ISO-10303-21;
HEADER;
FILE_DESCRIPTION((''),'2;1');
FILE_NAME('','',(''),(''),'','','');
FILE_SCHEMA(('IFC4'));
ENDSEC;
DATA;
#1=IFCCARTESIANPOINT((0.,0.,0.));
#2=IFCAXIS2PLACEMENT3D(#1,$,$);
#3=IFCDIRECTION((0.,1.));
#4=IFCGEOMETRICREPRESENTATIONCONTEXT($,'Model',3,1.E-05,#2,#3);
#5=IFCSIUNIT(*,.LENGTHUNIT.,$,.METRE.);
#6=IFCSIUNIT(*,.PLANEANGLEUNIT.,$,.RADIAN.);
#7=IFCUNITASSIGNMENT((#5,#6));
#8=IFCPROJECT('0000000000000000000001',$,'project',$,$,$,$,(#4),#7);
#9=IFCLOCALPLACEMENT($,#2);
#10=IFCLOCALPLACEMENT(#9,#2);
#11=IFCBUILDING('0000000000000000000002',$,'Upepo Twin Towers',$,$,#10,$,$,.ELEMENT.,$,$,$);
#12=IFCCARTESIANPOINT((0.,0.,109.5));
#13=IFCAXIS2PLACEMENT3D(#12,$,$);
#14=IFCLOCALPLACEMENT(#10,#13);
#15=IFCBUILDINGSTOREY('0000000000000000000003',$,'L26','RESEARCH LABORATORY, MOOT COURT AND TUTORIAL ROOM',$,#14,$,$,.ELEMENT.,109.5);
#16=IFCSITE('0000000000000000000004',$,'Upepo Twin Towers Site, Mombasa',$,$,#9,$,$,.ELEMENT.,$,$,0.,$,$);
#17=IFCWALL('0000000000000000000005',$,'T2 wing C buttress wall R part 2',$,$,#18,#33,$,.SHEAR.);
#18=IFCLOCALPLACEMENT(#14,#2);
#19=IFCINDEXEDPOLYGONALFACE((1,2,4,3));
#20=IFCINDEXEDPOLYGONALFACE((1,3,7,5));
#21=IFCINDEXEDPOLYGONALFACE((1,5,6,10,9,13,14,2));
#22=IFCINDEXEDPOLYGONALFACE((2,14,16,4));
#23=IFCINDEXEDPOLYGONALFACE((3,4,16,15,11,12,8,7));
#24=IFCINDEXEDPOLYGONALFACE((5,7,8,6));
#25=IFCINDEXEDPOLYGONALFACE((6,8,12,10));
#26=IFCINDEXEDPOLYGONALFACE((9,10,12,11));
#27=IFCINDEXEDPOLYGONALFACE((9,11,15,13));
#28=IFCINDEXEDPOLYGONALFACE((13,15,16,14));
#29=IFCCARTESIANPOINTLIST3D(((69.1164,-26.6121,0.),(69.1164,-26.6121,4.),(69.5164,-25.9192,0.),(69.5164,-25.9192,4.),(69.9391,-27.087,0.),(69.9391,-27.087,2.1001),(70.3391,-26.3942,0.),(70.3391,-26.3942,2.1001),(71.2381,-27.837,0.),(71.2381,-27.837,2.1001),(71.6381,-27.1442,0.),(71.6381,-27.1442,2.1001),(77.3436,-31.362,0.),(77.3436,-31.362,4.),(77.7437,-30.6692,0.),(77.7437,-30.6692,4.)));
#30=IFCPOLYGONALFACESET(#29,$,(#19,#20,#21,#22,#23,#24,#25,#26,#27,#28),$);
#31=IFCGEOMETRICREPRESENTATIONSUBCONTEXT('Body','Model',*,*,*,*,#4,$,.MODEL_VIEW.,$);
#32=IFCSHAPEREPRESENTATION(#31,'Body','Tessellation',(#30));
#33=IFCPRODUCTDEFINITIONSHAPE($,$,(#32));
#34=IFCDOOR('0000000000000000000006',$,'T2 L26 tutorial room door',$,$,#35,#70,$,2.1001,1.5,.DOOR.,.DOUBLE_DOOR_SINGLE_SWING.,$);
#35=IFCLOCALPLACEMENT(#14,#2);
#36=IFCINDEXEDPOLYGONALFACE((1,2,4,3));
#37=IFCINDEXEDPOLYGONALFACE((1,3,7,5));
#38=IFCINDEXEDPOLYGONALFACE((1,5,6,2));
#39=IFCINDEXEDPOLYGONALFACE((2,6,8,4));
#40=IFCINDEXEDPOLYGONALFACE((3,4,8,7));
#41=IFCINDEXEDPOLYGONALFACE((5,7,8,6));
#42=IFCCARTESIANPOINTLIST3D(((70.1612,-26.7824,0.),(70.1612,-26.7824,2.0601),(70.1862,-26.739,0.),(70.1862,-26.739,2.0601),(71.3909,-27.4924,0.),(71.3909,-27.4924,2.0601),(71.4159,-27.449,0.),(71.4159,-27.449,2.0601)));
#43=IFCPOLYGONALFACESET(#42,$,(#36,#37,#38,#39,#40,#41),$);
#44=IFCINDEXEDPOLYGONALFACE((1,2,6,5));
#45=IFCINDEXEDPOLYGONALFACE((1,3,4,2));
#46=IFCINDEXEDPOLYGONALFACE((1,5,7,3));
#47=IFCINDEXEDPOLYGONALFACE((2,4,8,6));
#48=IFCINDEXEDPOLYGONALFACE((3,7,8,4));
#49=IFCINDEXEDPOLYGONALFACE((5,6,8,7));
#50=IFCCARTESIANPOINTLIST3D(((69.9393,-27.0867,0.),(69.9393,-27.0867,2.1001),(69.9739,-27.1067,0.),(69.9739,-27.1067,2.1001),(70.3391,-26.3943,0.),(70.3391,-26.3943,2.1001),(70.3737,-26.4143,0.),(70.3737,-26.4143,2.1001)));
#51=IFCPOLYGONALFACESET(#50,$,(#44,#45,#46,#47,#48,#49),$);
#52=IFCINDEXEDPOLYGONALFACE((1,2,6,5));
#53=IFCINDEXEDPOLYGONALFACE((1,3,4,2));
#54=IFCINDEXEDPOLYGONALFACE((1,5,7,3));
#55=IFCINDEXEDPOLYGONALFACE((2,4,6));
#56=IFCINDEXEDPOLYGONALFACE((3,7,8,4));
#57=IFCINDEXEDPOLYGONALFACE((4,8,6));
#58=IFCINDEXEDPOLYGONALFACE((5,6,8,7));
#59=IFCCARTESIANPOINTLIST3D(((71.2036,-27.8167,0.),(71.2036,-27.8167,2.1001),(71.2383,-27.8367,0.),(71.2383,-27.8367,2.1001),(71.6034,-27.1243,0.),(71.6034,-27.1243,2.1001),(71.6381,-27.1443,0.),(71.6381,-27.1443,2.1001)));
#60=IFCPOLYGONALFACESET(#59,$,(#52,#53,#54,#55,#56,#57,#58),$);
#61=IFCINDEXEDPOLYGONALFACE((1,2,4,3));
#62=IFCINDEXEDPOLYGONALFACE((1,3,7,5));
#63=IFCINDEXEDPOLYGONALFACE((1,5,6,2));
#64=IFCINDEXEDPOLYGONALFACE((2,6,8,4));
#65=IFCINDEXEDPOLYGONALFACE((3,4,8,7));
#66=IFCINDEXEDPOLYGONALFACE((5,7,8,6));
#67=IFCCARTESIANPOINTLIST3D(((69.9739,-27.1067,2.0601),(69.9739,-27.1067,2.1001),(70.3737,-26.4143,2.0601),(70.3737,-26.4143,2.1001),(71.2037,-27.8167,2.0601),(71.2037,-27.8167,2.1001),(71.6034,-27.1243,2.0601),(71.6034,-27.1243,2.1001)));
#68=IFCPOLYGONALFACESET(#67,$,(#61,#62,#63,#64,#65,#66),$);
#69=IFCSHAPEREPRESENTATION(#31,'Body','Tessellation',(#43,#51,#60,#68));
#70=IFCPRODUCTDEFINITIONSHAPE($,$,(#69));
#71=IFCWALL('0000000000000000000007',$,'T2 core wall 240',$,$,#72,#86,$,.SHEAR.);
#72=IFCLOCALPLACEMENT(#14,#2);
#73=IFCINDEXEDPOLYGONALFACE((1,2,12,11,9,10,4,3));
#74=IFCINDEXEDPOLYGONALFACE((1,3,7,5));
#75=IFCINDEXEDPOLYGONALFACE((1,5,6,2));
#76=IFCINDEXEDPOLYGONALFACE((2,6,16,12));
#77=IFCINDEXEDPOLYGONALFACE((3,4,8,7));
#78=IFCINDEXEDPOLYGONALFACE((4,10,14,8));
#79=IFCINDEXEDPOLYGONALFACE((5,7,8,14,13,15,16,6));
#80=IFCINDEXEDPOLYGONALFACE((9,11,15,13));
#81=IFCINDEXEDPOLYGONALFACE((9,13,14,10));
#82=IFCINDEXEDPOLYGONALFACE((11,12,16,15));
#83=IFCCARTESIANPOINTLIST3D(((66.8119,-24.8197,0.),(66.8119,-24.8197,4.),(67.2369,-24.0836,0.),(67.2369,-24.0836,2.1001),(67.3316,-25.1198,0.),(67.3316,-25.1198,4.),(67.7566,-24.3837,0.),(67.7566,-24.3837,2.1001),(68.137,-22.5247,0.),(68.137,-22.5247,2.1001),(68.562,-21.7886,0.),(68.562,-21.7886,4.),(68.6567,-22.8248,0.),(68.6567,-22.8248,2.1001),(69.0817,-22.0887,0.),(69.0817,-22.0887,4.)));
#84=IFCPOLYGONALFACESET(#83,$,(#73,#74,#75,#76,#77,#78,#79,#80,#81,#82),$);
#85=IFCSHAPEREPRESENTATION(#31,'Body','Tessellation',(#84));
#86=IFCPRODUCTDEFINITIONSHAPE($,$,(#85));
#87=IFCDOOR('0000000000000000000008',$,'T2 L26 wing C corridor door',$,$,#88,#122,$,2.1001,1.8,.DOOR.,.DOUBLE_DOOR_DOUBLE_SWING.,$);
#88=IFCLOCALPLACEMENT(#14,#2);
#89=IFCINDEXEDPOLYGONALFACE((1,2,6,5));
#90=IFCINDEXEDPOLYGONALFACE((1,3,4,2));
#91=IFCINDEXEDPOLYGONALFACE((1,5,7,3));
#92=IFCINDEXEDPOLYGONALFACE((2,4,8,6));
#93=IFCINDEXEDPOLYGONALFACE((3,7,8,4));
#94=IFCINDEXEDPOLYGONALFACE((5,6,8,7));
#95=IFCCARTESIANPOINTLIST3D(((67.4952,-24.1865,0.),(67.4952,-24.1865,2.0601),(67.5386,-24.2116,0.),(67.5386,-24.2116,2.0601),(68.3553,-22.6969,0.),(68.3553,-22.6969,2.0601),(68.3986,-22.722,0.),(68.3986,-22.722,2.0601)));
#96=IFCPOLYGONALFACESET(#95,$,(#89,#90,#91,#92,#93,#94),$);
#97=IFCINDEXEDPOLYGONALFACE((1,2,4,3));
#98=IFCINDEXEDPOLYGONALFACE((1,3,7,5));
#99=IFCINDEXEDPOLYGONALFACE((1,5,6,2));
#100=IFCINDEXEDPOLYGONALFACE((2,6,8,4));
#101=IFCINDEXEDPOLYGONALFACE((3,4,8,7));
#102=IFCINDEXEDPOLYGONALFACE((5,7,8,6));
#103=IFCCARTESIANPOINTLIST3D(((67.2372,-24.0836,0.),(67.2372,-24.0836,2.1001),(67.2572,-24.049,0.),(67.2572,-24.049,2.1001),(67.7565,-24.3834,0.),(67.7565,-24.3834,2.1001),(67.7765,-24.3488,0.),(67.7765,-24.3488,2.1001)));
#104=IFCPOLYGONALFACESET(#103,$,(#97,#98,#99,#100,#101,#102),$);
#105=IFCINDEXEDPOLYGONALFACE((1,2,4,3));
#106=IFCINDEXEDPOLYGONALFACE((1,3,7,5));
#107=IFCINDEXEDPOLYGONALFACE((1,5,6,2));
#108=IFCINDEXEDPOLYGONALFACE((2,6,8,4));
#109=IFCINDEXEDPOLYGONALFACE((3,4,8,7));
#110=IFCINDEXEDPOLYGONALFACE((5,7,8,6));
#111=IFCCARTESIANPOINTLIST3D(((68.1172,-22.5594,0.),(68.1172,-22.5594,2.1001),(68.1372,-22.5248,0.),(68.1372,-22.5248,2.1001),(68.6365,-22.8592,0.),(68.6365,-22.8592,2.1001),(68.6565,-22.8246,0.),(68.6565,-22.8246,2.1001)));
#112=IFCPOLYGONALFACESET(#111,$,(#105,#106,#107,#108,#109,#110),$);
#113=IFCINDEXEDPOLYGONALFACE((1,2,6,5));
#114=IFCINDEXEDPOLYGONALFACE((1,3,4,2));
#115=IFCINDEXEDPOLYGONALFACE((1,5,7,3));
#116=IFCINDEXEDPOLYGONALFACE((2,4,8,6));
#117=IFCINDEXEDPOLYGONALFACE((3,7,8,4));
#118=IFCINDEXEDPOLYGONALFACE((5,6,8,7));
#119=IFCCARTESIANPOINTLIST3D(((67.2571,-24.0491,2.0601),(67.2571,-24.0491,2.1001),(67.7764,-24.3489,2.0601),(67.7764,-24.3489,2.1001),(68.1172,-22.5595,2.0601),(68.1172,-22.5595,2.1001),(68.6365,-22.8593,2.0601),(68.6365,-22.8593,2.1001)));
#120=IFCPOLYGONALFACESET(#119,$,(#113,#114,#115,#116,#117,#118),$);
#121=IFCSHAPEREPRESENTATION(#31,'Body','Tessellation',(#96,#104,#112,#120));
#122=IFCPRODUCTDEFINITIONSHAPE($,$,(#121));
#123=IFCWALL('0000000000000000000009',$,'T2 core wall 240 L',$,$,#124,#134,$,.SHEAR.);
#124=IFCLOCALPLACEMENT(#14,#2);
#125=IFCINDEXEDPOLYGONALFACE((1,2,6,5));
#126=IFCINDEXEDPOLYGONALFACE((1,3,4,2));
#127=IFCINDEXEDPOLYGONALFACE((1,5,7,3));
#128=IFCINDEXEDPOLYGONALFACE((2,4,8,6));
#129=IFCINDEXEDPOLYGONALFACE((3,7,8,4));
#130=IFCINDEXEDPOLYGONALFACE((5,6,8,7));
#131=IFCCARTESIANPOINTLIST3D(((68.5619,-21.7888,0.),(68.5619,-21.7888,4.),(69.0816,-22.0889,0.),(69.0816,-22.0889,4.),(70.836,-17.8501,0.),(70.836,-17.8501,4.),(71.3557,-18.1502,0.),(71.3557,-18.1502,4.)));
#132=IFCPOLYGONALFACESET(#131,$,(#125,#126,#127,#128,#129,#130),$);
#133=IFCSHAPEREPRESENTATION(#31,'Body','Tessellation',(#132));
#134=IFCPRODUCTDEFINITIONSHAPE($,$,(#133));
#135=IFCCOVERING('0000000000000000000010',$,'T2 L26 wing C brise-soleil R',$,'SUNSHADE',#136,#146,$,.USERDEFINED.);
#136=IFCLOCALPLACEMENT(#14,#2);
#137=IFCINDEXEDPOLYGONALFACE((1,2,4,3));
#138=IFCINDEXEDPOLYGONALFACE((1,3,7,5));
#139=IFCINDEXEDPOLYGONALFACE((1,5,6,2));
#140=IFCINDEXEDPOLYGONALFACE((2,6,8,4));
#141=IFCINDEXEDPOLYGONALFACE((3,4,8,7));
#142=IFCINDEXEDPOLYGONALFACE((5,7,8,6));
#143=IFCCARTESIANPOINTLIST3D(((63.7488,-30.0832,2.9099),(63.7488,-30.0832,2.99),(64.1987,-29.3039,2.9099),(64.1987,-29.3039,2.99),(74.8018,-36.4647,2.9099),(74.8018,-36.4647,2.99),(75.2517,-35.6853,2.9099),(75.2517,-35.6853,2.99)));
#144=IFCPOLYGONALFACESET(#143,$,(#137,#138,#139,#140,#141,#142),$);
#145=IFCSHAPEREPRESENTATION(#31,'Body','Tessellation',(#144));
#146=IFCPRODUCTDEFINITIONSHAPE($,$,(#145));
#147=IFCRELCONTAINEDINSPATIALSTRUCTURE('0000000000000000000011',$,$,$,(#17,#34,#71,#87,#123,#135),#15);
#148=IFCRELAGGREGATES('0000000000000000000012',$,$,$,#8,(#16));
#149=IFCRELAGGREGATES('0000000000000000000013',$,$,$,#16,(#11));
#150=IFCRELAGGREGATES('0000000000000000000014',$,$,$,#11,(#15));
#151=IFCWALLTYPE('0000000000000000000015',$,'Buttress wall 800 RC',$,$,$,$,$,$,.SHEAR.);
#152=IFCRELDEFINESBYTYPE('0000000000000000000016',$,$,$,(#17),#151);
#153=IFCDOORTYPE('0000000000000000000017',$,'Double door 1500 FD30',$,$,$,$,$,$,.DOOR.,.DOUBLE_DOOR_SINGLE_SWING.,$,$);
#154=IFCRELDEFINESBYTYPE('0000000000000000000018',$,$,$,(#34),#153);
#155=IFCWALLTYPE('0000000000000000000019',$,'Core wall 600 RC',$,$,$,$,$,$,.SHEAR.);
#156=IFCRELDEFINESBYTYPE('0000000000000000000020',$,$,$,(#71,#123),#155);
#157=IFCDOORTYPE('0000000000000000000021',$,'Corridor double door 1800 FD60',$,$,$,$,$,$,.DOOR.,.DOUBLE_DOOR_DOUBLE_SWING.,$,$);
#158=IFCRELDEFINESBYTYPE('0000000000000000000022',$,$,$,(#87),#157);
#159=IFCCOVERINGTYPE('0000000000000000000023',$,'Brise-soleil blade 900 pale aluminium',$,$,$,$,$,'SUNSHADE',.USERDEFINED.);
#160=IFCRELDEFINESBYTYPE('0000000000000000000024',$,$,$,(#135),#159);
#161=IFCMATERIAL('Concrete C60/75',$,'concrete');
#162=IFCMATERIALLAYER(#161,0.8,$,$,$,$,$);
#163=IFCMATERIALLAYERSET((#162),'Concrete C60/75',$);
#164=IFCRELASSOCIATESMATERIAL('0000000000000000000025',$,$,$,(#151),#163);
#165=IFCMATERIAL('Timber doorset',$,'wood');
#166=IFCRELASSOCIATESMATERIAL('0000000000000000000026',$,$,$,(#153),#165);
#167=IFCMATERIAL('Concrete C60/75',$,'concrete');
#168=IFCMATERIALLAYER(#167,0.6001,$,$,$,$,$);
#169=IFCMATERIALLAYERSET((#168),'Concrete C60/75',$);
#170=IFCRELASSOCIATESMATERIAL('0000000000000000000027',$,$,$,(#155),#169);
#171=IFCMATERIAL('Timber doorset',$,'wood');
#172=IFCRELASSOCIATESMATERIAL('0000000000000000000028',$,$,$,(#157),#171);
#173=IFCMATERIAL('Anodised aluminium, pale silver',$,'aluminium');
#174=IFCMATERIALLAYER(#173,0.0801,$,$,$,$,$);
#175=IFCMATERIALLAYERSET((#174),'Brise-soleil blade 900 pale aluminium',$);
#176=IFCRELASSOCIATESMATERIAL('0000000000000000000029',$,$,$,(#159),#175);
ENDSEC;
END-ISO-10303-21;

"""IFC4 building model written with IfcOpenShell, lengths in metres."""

from ifc_helpers import new_model, si_unit, direction, frame, frame_2d, origin, origin_2d, place, context, subcontext, project, spatial, rectangle, extrude, material, layer, layer_set, type_object, element, fill, save


model = new_model("IFC4")

# Units and contexts
model_context = context("Model", 3, precision=1e-05, world=origin(), true_north=direction((0.0, 1.0)))
body_context = subcontext(model_context, "Body", "Model", "MODEL_VIEW")
ifc_project = project(units=[si_unit("LENGTHUNIT", "METRE"), si_unit("PLANEANGLEUNIT", "RADIAN")], contexts=[model_context])

# Site, building, storey
site_placement = place(None, origin())
site = spatial("IfcSite", under=ifc_project, at=site_placement, Name="Upepo Twin Towers Site, Mombasa", CompositionType="ELEMENT", RefElevation=0.0)
building_placement = place(site_placement, origin())
building = spatial("IfcBuilding", under=site, at=building_placement, Name="Upepo Twin Towers", CompositionType="ELEMENT")
storey_placement = place(building_placement, frame((0.0, 0.0, 109.5)))
storey = spatial("IfcBuildingStorey", under=building, at=storey_placement, Name="L26", Description="RESEARCH LABORATORY, MOOT COURT AND TUTORIAL ROOM", CompositionType="ELEMENT", Elevation=109.5)

# Walls, openings, doors
ifc_material_1 = material(Name="Concrete C60/75", Category="concrete")
ifc_layer_1 = layer(ifc_material_1, 0.8)
ifc_layer_set_1 = layer_set([ifc_layer_1], Name="Concrete C60/75")
wall_type_1 = type_object("IfcWallType", Name="Buttress wall 800 RC", PredefinedType="SHEAR", material=ifc_layer_set_1)
ifc_material_2 = material(Name="Timber doorset", Category="wood")
door_type_1 = type_object("IfcDoorType", Name="Double door 1500 FD30", OperationType="DOUBLE_DOOR_SINGLE_SWING", PredefinedType="DOOR", material=ifc_material_2)
wall_1_placement = place(storey_placement, frame((69.3164, -26.2656, 0.0), z_axis=(0.0, 0.0, 1.0), x_axis=(0.866027, -0.499998, 0.0)))
wall_1 = element("IfcWall", 1, at=wall_1_placement, inside=storey, type_object=wall_type_1, Name="T2 wing C buttress wall R part 2", PredefinedType="SHEAR", context=body_context, shape_type="SweptSolid", body=[
    extrude(rectangle(XDim=9.5, YDim=0.8, at=frame_2d((4.75, 0.0))), origin(), (0.0, 0.0, 1.0), 4.0),
])
opening_1_placement = place(wall_1_placement, frame((0.95, 0.0, 0.0)))
opening_1 = element("IfcOpeningElement", 2, at=opening_1_placement, cuts=wall_1, PredefinedType="OPENING", context=body_context, shape_type="SweptSolid", body=[
    extrude(rectangle(XDim=1.5, YDim=2.1001, at=frame_2d((0.75, 1.05))), frame((0.0, 0.4099, 0.0), z_axis=(0.0, -1.0, 0.0), x_axis=(1.0, 0.0, 0.0)), (0.0, 0.0, 1.0), 0.8201),
])
door_1_placement = place(opening_1_placement, origin())
door_1 = element("IfcDoor", 3, at=door_1_placement, inside=storey, type_object=door_type_1, Name="T2 L26 tutorial room door", OperationType="DOUBLE_DOOR_SINGLE_SWING", OverallHeight=2.1001, OverallWidth=1.5, PredefinedType="DOOR", context=body_context, shape_type="SweptSolid", body=[
    extrude(rectangle(XDim=1.42, YDim=2.0601, at=frame_2d((0.75, 1.03))), frame((0.0, 0.0249, 0.0), z_axis=(0.0, -1.0, 0.0), x_axis=(1.0, 0.0, 0.0)), (0.0, 0.0, 1.0), 0.05),
    extrude(rectangle(XDim=0.04, YDim=2.1001, at=frame_2d((0.02, 1.05))), frame((0.0, 0.3999, 0.0), z_axis=(0.0, -1.0, 0.0), x_axis=(1.0, 0.0, 0.0)), (0.0, 0.0, 1.0), 0.7996),
    extrude(rectangle(XDim=0.04, YDim=2.1001, at=frame_2d((1.48, 1.05))), frame((0.0, 0.3999, 0.0), z_axis=(0.0, -1.0, 0.0), x_axis=(1.0, 0.0, 0.0)), (0.0, 0.0, 1.0), 0.7996),
    extrude(rectangle(XDim=1.42, YDim=0.04, at=frame_2d((0.75, 2.0801))), frame((0.0, 0.3999, 0.0), z_axis=(0.0, -1.0, 0.0), x_axis=(1.0, 0.0, 0.0)), (0.0, 0.0, 1.0), 0.7996),
])
fill(opening_1, door_1)
ifc_material_3 = material(Name="Concrete C60/75", Category="concrete")
ifc_layer_2 = layer(ifc_material_3, 0.6001)
ifc_layer_set_2 = layer_set([ifc_layer_2], Name="Concrete C60/75")
wall_type_2 = type_object("IfcWallType", Name="Core wall 600 RC", PredefinedType="SHEAR", material=ifc_layer_set_2)
wall_2_placement = place(storey_placement, frame((67.0718, -24.9697, 0.0), z_axis=(0.0, 0.0, 1.0), x_axis=(0.50001, 0.866019, 0.0)))
wall_2 = element("IfcWall", 4, at=wall_2_placement, inside=storey, type_object=wall_type_2, Name="T2 core wall 240", PredefinedType="SHEAR", context=body_context, shape_type="SweptSolid", body=[
    extrude(rectangle(XDim=3.5, YDim=0.6001, at=frame_2d((1.75, 0.0))), origin(), (0.0, 0.0, 1.0), 4.0),
])
opening_2_placement = place(wall_2_placement, frame((0.8501, 0.0, 0.0)))
opening_2 = element("IfcOpeningElement", 5, at=opening_2_placement, cuts=wall_2, PredefinedType="OPENING", context=body_context, shape_type="SweptSolid", body=[
    extrude(rectangle(XDim=1.8, YDim=2.1001, at=frame_2d((0.8999, 1.05))), frame((0.0, 0.3101, 0.0), z_axis=(0.0, -1.0, 0.0), x_axis=(1.0, 0.0, 0.0)), (0.0, 0.0, 1.0), 0.6201),
])
ifc_material_4 = material(Name="Timber doorset", Category="wood")
door_type_2 = type_object("IfcDoorType", Name="Corridor double door 1800 FD60", OperationType="DOUBLE_DOOR_DOUBLE_SWING", PredefinedType="DOOR", material=ifc_material_4)
door_2_placement = place(opening_2_placement, origin())
door_2 = element("IfcDoor", 6, at=door_2_placement, inside=storey, type_object=door_type_2, Name="T2 L26 wing C corridor door", OperationType="DOUBLE_DOOR_DOUBLE_SWING", OverallHeight=2.1001, OverallWidth=1.8, PredefinedType="DOOR", context=body_context, shape_type="SweptSolid", body=[
    extrude(rectangle(XDim=1.72, YDim=2.0601, at=frame_2d((0.8999, 1.03))), frame((0.0, 0.0249, 0.0), z_axis=(0.0, -1.0, 0.0), x_axis=(1.0, 0.0, 0.0)), (0.0, 0.0, 1.0), 0.05),
    extrude(rectangle(XDim=0.04, YDim=2.1001, at=frame_2d((0.02, 1.05))), frame((0.0, 0.2998, 0.0), z_axis=(0.0, -1.0, 0.0), x_axis=(1.0, 0.0, 0.0)), (0.0, 0.0, 1.0), 0.5996),
    extrude(rectangle(XDim=0.04, YDim=2.1001, at=frame_2d((1.78, 1.05))), frame((0.0, 0.2998, 0.0), z_axis=(0.0, -1.0, 0.0), x_axis=(1.0, 0.0, 0.0)), (0.0, 0.0, 1.0), 0.5996),
    extrude(rectangle(XDim=1.72, YDim=0.04, at=frame_2d((0.8999, 2.0801))), frame((0.0, 0.2998, 0.0), z_axis=(0.0, -1.0, 0.0), x_axis=(1.0, 0.0, 0.0)), (0.0, 0.0, 1.0), 0.5996),
])
fill(opening_2, door_2)

# Wall
wall_3_placement = place(storey_placement, frame((68.8218, -21.9387, 0.0), z_axis=(0.0, 0.0, 1.0), x_axis=(0.500024, 0.866011, 0.0)))
element("IfcWall", 7, at=wall_3_placement, inside=storey, type_object=wall_type_2, Name="T2 core wall 240 L", PredefinedType="SHEAR", context=body_context, shape_type="SweptSolid", body=[
    extrude(rectangle(XDim=4.5481, YDim=0.6001, at=frame_2d((2.2739, 0.0))), origin(), (0.0, 0.0, 1.0), 4.0),
])

# Covering
ifc_material_5 = material(Name="Anodised aluminium, pale silver", Category="aluminium")
ifc_layer_3 = layer(ifc_material_5, 0.0801)
ifc_layer_set_3 = layer_set([ifc_layer_3], Name="Brise-soleil blade 900 pale aluminium")
covering_type = type_object("IfcCoveringType", Name="Brise-soleil blade 900 pale aluminium", ElementType="SUNSHADE", PredefinedType="USERDEFINED", material=ifc_layer_set_3)
covering_placement = place(storey_placement, frame((69.5002, -32.8843, 2.9099), z_axis=(0.0, 0.0, 1.0), x_axis=(0.866025, -0.5, 0.0)))
element("IfcCovering", 8, at=covering_placement, inside=storey, type_object=covering_type, Name="T2 L26 wing C brise-soleil R", ObjectType="SUNSHADE", PredefinedType="USERDEFINED", context=body_context, shape_type="SweptSolid", body=[
    extrude(rectangle(XDim=12.7629, YDim=0.8999, at=origin_2d()), origin(), (0.0, 0.0, 1.0), 0.0801),
])

save(model, "model.ifc")
